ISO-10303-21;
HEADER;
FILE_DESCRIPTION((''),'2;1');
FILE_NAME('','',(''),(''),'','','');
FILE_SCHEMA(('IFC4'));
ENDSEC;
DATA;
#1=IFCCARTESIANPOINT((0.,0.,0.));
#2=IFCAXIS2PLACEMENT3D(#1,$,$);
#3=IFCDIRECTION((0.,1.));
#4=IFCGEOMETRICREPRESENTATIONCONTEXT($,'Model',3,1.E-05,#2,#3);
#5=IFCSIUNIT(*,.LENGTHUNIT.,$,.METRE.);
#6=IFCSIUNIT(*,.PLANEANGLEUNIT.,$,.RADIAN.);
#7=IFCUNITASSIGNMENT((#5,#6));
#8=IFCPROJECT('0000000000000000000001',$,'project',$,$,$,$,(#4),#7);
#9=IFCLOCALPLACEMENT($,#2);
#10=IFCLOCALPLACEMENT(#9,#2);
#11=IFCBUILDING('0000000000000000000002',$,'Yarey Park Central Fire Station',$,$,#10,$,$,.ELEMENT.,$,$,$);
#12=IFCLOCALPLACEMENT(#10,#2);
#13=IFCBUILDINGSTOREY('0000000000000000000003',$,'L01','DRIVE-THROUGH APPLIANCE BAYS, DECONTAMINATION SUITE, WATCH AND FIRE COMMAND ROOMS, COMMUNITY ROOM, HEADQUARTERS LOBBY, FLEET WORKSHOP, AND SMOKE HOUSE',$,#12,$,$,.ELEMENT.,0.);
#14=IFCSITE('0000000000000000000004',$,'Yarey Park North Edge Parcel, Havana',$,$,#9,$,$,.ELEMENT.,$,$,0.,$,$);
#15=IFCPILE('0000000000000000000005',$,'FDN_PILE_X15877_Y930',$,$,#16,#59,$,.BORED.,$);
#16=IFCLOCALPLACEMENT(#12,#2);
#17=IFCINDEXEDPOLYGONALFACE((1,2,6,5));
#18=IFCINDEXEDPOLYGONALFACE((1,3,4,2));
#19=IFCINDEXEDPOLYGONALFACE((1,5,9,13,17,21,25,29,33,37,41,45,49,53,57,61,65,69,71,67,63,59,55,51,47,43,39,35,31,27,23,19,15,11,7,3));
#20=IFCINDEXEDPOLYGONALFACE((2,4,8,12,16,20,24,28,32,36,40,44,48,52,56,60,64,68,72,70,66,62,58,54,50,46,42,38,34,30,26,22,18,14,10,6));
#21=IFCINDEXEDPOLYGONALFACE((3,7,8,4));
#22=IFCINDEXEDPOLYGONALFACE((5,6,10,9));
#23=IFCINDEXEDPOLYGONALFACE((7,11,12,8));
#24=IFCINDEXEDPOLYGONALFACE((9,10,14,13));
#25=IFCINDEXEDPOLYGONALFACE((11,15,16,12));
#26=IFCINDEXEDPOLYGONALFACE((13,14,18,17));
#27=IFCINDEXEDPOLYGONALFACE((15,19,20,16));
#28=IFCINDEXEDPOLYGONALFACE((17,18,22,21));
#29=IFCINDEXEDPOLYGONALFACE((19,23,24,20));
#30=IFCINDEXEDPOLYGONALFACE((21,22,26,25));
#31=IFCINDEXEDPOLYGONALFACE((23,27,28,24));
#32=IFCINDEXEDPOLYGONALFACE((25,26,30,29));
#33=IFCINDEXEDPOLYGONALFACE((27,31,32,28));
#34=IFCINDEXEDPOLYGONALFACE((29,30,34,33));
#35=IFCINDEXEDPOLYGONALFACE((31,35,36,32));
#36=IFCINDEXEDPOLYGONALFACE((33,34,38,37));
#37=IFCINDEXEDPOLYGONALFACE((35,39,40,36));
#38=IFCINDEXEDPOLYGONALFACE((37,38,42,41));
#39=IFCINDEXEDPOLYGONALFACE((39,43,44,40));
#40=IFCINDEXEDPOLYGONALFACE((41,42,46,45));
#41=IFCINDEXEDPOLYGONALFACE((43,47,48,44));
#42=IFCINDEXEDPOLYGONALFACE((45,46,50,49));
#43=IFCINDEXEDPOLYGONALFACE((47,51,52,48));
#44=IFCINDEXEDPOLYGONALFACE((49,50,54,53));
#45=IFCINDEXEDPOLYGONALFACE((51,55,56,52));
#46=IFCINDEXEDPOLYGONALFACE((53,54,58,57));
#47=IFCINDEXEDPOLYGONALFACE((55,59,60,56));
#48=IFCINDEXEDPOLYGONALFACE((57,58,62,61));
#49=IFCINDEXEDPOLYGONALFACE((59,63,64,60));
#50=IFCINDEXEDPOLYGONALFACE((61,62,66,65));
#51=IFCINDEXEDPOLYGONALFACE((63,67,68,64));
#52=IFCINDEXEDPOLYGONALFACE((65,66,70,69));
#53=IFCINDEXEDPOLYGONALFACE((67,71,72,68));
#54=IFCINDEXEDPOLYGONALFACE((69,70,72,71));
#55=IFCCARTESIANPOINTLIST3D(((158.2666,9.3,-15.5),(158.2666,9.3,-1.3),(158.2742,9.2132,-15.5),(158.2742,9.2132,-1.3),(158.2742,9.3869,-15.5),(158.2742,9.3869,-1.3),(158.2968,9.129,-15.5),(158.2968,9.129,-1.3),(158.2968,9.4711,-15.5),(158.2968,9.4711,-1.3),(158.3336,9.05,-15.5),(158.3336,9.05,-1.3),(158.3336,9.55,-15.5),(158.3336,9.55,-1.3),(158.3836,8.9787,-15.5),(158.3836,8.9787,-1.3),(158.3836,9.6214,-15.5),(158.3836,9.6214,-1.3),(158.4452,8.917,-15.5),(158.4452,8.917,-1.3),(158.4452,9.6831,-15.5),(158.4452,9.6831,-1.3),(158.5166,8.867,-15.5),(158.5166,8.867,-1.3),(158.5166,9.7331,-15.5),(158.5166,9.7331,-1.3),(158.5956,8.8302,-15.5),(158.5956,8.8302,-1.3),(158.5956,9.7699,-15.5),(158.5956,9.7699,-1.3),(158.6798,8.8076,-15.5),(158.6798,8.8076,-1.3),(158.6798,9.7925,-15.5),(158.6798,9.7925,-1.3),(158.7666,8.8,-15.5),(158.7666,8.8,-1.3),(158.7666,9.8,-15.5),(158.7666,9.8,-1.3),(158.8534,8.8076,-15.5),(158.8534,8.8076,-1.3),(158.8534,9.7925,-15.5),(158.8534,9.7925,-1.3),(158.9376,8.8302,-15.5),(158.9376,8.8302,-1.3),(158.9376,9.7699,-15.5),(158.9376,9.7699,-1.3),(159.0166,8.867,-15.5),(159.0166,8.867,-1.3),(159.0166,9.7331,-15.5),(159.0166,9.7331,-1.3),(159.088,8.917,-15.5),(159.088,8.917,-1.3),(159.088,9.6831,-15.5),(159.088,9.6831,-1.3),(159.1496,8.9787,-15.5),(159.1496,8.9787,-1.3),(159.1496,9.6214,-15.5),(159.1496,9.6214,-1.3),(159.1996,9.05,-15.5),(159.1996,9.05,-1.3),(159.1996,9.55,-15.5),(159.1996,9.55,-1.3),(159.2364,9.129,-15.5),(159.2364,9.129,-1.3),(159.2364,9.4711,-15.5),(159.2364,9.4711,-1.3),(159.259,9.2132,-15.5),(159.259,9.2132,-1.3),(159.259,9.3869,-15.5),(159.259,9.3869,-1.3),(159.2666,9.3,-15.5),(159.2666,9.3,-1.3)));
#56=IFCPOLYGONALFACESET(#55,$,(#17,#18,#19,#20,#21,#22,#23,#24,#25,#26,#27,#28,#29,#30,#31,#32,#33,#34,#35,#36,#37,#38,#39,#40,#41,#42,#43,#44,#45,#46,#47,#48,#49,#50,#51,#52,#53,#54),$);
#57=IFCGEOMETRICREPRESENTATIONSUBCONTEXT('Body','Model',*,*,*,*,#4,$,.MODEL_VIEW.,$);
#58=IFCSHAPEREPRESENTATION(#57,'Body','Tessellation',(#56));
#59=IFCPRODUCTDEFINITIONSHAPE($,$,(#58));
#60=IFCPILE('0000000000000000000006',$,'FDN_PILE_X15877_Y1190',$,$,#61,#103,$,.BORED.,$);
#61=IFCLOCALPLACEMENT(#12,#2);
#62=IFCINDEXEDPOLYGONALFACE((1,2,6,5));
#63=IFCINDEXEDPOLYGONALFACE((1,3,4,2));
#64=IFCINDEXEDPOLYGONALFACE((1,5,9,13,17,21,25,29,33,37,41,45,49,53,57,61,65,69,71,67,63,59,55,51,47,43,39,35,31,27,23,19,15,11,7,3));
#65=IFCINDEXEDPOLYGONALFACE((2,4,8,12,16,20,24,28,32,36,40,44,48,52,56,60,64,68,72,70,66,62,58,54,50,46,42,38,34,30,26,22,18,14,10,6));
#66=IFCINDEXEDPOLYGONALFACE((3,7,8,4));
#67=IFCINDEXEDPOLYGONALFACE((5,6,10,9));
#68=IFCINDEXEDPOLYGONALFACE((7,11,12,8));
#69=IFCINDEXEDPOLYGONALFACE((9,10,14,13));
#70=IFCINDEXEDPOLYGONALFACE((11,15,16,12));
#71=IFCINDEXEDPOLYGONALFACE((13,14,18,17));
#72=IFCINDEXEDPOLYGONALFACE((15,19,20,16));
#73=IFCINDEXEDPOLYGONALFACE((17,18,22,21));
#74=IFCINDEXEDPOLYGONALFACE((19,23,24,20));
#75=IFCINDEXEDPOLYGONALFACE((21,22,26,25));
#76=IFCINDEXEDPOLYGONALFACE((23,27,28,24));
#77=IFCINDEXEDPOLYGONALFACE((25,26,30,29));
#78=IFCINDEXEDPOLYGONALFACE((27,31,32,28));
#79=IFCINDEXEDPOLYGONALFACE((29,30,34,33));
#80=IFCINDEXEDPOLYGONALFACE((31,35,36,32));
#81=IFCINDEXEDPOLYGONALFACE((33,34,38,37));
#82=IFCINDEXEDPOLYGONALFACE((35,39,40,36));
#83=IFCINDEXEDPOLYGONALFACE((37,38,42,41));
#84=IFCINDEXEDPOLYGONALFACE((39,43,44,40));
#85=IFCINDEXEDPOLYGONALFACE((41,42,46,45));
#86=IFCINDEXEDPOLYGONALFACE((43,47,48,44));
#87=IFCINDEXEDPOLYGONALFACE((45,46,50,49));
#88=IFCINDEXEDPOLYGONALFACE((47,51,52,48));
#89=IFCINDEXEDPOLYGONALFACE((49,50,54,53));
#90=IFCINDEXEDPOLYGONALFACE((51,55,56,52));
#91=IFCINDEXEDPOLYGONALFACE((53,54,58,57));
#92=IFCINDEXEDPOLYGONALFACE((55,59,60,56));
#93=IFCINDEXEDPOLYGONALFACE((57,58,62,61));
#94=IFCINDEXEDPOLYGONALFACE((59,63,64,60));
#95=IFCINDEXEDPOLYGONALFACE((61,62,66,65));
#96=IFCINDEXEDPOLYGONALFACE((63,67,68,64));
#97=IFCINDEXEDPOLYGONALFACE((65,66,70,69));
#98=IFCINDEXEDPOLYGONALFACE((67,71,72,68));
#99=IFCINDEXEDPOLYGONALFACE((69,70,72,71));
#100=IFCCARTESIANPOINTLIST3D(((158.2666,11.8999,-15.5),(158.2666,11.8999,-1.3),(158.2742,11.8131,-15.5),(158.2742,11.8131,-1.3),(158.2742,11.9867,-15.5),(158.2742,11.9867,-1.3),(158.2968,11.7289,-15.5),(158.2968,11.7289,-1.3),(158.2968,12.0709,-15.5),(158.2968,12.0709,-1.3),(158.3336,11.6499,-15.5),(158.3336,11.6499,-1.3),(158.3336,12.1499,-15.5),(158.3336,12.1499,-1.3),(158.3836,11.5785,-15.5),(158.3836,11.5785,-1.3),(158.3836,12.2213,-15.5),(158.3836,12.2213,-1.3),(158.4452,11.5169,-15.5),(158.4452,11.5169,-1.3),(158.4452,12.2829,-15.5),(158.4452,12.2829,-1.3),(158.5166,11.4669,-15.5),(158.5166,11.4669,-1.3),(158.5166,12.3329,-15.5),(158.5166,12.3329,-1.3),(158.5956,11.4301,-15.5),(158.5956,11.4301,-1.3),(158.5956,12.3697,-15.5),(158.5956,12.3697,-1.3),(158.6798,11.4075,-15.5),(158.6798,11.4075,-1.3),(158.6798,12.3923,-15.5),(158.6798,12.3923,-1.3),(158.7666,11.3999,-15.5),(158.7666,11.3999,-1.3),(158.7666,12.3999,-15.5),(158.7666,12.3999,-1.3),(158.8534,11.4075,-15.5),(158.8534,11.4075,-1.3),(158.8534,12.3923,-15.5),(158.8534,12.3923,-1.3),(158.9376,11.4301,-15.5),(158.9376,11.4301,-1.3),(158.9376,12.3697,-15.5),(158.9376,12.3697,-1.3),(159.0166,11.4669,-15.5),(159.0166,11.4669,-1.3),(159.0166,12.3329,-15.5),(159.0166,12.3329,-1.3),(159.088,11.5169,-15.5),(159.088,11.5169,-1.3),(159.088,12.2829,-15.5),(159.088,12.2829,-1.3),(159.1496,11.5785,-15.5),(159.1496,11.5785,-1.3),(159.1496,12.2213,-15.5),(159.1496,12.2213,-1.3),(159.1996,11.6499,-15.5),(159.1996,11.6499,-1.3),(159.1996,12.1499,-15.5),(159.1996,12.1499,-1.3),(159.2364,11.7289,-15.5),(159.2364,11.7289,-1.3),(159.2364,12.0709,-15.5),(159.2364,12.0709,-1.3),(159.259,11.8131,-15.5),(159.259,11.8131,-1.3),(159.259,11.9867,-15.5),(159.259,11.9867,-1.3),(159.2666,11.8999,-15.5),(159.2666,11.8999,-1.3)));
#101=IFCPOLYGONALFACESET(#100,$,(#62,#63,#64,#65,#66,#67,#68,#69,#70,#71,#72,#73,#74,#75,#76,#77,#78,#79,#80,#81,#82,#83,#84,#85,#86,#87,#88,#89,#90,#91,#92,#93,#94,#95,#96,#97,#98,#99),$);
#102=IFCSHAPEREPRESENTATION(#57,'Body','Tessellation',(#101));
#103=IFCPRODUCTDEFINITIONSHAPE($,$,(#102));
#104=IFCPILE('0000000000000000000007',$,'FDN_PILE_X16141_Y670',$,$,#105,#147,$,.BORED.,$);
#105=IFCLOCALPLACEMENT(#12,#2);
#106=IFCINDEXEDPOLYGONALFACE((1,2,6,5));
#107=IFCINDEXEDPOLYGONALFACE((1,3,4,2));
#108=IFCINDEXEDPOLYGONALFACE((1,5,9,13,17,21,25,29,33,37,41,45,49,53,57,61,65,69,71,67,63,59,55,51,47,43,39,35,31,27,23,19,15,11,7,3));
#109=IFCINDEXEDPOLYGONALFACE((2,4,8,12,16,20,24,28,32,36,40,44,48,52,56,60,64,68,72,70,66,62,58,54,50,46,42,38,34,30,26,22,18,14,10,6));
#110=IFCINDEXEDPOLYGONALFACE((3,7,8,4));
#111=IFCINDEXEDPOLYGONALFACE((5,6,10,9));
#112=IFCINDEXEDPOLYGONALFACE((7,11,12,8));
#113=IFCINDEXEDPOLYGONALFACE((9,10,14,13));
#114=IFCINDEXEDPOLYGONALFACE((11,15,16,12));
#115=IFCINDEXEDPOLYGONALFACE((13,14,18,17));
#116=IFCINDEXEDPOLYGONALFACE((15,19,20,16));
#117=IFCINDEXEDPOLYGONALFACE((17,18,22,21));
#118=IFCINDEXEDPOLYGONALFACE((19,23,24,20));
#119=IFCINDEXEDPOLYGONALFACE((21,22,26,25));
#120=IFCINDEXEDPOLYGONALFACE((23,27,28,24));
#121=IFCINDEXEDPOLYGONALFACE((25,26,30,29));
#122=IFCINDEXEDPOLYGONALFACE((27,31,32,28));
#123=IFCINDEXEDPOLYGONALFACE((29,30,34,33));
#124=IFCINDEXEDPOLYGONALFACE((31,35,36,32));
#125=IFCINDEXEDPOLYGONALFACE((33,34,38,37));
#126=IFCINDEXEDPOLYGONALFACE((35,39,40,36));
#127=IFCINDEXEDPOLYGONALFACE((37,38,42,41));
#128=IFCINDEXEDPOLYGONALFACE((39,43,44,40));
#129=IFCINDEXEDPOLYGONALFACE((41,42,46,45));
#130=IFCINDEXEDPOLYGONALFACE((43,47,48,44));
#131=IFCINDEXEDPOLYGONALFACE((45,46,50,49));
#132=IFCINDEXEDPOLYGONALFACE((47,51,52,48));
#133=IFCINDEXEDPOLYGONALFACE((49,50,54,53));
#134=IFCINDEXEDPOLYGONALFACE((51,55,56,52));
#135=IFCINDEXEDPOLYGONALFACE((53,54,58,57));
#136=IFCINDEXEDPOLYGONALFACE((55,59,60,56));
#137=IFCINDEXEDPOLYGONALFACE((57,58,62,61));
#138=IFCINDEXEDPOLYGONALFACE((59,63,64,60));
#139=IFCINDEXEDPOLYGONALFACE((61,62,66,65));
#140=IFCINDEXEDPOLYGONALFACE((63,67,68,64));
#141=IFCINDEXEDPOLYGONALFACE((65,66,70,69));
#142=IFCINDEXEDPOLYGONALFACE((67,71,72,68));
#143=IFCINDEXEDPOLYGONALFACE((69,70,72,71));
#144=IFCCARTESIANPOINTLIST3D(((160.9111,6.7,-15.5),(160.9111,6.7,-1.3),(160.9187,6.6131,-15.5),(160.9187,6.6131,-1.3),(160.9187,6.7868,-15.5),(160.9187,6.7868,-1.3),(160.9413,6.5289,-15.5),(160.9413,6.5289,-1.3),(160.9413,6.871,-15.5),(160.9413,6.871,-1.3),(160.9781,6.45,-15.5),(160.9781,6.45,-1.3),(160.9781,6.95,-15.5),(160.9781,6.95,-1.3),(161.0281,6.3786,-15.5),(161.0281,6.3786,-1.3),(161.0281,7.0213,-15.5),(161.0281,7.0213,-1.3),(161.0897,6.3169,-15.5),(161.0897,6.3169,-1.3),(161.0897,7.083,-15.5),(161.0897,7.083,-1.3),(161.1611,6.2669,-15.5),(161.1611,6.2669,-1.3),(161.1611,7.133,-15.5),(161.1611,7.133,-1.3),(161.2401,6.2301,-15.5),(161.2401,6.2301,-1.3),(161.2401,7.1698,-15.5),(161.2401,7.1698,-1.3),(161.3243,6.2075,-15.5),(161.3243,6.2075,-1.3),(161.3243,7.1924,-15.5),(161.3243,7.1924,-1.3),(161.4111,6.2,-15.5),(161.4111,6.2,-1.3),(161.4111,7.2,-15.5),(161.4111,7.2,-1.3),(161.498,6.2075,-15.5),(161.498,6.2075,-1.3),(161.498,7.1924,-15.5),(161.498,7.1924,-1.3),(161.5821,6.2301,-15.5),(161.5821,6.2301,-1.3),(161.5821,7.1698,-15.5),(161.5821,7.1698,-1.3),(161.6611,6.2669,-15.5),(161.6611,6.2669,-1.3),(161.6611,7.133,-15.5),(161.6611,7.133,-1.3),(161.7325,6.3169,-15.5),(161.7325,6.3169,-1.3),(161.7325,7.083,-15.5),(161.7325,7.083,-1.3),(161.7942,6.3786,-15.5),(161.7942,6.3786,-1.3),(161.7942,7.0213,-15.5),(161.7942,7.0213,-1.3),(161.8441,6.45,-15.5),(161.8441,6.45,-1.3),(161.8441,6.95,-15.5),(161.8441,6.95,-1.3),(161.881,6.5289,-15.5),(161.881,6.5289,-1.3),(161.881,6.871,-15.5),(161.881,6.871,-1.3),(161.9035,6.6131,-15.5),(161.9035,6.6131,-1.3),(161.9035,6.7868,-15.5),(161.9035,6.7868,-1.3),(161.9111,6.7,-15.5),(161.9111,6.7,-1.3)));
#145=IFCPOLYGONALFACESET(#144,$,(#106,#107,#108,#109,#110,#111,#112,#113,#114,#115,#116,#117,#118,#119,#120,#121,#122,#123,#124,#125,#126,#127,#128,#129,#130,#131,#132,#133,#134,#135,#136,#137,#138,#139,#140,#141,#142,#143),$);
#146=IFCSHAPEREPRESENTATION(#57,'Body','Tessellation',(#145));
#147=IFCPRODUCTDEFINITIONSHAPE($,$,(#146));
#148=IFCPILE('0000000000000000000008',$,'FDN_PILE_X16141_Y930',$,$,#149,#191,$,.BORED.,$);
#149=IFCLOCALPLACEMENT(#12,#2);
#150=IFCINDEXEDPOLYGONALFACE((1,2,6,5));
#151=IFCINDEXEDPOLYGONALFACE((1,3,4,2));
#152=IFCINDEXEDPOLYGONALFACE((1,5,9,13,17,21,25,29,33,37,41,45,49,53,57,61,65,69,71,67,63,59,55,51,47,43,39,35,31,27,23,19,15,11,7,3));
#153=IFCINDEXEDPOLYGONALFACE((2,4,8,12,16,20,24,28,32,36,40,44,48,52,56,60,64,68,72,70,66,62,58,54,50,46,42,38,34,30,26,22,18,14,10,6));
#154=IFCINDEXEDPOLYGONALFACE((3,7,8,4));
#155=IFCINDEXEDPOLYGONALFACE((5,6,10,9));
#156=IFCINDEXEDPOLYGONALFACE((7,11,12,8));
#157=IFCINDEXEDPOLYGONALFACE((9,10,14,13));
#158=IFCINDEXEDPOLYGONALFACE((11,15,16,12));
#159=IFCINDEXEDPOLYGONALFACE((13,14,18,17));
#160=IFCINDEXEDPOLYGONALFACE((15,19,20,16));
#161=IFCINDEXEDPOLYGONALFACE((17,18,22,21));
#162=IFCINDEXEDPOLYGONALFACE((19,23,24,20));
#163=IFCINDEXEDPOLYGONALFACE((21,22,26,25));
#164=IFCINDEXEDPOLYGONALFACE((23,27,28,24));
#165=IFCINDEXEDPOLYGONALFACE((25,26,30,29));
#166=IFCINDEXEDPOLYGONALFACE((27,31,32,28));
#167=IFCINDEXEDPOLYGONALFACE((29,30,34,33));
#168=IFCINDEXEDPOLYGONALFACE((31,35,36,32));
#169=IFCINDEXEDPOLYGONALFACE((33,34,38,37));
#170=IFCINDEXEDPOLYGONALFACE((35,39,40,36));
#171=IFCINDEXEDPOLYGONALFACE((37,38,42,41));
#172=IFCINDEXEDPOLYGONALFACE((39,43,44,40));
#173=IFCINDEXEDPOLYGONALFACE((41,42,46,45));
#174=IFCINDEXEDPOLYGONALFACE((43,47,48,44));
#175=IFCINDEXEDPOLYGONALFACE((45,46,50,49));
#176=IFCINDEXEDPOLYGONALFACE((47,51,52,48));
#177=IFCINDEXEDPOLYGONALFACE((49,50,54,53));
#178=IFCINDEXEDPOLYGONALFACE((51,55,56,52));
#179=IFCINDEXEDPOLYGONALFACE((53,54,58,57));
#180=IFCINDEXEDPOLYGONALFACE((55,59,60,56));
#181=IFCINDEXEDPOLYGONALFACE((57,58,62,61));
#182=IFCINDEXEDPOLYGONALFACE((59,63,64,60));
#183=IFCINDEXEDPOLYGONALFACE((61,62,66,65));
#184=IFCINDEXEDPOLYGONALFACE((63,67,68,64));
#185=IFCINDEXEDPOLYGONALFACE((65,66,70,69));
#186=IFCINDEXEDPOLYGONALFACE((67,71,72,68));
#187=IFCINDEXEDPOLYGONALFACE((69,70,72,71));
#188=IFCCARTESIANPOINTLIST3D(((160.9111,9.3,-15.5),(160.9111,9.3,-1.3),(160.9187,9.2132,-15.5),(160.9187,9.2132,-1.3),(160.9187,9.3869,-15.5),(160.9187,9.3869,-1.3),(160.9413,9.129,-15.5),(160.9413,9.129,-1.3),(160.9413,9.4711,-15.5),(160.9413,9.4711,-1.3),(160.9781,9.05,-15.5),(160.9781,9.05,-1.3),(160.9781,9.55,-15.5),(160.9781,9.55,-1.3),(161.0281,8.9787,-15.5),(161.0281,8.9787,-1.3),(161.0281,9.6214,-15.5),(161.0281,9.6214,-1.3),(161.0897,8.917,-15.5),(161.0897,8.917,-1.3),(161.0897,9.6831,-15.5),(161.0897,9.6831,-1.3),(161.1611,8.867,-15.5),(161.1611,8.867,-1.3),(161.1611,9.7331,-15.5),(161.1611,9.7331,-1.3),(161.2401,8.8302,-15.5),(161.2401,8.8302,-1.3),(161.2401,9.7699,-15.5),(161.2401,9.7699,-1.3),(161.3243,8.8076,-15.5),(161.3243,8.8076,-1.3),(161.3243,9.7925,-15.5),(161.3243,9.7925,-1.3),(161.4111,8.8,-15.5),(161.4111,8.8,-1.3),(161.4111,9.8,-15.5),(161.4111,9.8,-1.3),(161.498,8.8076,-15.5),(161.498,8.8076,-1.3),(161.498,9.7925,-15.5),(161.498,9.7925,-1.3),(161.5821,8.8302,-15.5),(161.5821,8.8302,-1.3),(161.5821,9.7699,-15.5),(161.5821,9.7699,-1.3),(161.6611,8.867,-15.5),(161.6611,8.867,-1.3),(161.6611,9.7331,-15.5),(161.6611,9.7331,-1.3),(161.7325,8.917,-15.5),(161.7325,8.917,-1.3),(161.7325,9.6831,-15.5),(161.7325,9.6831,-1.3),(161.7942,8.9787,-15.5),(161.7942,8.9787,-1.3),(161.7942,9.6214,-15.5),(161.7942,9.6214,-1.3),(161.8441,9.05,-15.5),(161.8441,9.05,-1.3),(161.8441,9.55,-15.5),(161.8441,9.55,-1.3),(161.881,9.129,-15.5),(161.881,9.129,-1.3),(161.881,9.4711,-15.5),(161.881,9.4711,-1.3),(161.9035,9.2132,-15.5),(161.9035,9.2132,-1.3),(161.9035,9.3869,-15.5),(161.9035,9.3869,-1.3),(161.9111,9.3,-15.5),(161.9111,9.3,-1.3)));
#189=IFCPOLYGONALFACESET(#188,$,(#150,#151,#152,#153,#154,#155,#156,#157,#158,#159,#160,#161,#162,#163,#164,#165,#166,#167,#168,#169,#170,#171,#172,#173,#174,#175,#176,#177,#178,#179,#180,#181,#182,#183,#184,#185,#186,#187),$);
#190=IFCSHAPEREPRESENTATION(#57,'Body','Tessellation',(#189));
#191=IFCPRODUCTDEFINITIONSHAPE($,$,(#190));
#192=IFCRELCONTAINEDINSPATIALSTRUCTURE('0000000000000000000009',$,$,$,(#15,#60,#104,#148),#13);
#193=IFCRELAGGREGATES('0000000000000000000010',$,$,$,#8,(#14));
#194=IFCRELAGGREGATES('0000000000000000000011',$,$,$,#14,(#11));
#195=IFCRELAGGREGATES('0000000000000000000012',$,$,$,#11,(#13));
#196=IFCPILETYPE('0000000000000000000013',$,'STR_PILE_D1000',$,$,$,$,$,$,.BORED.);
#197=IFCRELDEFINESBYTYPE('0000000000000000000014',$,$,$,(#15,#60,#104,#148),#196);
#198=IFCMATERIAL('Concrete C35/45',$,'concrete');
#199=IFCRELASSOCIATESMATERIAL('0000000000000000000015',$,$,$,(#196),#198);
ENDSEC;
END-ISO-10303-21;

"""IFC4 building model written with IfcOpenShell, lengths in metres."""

from ifc_helpers import new_model, si_unit, direction, frame, origin, origin_2d, place, context, subcontext, project, spatial, circle, extrude, material, material_profile, profile_set, type_object, element, save


model = new_model("IFC4")

# Units and contexts
model_context = context("Model", 3, precision=1e-05, world=origin(), true_north=direction((0.0, 1.0)))
body_context = subcontext(model_context, "Body", "Model", "MODEL_VIEW")
ifc_project = project(units=[si_unit("LENGTHUNIT", "METRE"), si_unit("PLANEANGLEUNIT", "RADIAN")], contexts=[model_context])

# Site, building, storey
site_placement = place(None, origin())
site = spatial("IfcSite", under=ifc_project, at=site_placement, Name="Yarey Park North Edge Parcel, Havana", CompositionType="ELEMENT", RefElevation=0.0)
building_placement = place(site_placement, origin())
building = spatial("IfcBuilding", under=site, at=building_placement, Name="Yarey Park Central Fire Station", CompositionType="ELEMENT")
storey_placement = place(building_placement, origin())
storey = spatial("IfcBuildingStorey", under=building, at=storey_placement, Name="L01", Description="DRIVE-THROUGH APPLIANCE BAYS, DECONTAMINATION SUITE, WATCH AND FIRE COMMAND ROOMS, COMMUNITY ROOM, HEADQUARTERS LOBBY, FLEET WORKSHOP, AND SMOKE HOUSE", CompositionType="ELEMENT", Elevation=0.0)

# Shared definitions
ifc_material_1 = material(Name="Concrete C35/45", Category="concrete")

# Piles
ifc_material_profile_1 = material_profile(ifc_material_1, circle(Radius=0.5, at=origin_2d()), Name="BORED PILE D1000")
ifc_profile_set_1 = profile_set([ifc_material_profile_1], Name="Concrete C35/45")
pile_type = type_object("IfcPileType", Name="STR_PILE_D1000", PredefinedType="BORED", material=ifc_profile_set_1)
for number, where, z_axis, x_axis, name in (
    (1, (158.7666, 9.3, -1.3), (0.0, 0.0, -1.0), (1.0, 0.0, 0.0), "FDN_PILE_X15877_Y930"),
    (2, (158.7666, 11.8999, -1.3), (0.0, 0.0, -1.0), (1.0, 0.0, 0.0), "FDN_PILE_X15877_Y1190"),
    (3, (161.4111, 6.7, -1.3), (0.0, 0.0, -1.0), (1.0, 0.0, 0.0), "FDN_PILE_X16141_Y670"),
    (4, (161.4111, 9.3, -1.3), (0.0, 0.0, -1.0), (1.0, 0.0, 0.0), "FDN_PILE_X16141_Y930"),
):
    element("IfcPile", number, at=place(storey_placement, frame(where, z_axis=z_axis, x_axis=x_axis)), inside=storey, type_object=pile_type, Name=name, PredefinedType="BORED", context=body_context, shape_type="SweptSolid", body=[
        extrude(circle(Radius=0.5, at=origin_2d()), origin(), (0.0, 0.0, 1.0), 14.2),
    ])

save(model, "model.ifc")
